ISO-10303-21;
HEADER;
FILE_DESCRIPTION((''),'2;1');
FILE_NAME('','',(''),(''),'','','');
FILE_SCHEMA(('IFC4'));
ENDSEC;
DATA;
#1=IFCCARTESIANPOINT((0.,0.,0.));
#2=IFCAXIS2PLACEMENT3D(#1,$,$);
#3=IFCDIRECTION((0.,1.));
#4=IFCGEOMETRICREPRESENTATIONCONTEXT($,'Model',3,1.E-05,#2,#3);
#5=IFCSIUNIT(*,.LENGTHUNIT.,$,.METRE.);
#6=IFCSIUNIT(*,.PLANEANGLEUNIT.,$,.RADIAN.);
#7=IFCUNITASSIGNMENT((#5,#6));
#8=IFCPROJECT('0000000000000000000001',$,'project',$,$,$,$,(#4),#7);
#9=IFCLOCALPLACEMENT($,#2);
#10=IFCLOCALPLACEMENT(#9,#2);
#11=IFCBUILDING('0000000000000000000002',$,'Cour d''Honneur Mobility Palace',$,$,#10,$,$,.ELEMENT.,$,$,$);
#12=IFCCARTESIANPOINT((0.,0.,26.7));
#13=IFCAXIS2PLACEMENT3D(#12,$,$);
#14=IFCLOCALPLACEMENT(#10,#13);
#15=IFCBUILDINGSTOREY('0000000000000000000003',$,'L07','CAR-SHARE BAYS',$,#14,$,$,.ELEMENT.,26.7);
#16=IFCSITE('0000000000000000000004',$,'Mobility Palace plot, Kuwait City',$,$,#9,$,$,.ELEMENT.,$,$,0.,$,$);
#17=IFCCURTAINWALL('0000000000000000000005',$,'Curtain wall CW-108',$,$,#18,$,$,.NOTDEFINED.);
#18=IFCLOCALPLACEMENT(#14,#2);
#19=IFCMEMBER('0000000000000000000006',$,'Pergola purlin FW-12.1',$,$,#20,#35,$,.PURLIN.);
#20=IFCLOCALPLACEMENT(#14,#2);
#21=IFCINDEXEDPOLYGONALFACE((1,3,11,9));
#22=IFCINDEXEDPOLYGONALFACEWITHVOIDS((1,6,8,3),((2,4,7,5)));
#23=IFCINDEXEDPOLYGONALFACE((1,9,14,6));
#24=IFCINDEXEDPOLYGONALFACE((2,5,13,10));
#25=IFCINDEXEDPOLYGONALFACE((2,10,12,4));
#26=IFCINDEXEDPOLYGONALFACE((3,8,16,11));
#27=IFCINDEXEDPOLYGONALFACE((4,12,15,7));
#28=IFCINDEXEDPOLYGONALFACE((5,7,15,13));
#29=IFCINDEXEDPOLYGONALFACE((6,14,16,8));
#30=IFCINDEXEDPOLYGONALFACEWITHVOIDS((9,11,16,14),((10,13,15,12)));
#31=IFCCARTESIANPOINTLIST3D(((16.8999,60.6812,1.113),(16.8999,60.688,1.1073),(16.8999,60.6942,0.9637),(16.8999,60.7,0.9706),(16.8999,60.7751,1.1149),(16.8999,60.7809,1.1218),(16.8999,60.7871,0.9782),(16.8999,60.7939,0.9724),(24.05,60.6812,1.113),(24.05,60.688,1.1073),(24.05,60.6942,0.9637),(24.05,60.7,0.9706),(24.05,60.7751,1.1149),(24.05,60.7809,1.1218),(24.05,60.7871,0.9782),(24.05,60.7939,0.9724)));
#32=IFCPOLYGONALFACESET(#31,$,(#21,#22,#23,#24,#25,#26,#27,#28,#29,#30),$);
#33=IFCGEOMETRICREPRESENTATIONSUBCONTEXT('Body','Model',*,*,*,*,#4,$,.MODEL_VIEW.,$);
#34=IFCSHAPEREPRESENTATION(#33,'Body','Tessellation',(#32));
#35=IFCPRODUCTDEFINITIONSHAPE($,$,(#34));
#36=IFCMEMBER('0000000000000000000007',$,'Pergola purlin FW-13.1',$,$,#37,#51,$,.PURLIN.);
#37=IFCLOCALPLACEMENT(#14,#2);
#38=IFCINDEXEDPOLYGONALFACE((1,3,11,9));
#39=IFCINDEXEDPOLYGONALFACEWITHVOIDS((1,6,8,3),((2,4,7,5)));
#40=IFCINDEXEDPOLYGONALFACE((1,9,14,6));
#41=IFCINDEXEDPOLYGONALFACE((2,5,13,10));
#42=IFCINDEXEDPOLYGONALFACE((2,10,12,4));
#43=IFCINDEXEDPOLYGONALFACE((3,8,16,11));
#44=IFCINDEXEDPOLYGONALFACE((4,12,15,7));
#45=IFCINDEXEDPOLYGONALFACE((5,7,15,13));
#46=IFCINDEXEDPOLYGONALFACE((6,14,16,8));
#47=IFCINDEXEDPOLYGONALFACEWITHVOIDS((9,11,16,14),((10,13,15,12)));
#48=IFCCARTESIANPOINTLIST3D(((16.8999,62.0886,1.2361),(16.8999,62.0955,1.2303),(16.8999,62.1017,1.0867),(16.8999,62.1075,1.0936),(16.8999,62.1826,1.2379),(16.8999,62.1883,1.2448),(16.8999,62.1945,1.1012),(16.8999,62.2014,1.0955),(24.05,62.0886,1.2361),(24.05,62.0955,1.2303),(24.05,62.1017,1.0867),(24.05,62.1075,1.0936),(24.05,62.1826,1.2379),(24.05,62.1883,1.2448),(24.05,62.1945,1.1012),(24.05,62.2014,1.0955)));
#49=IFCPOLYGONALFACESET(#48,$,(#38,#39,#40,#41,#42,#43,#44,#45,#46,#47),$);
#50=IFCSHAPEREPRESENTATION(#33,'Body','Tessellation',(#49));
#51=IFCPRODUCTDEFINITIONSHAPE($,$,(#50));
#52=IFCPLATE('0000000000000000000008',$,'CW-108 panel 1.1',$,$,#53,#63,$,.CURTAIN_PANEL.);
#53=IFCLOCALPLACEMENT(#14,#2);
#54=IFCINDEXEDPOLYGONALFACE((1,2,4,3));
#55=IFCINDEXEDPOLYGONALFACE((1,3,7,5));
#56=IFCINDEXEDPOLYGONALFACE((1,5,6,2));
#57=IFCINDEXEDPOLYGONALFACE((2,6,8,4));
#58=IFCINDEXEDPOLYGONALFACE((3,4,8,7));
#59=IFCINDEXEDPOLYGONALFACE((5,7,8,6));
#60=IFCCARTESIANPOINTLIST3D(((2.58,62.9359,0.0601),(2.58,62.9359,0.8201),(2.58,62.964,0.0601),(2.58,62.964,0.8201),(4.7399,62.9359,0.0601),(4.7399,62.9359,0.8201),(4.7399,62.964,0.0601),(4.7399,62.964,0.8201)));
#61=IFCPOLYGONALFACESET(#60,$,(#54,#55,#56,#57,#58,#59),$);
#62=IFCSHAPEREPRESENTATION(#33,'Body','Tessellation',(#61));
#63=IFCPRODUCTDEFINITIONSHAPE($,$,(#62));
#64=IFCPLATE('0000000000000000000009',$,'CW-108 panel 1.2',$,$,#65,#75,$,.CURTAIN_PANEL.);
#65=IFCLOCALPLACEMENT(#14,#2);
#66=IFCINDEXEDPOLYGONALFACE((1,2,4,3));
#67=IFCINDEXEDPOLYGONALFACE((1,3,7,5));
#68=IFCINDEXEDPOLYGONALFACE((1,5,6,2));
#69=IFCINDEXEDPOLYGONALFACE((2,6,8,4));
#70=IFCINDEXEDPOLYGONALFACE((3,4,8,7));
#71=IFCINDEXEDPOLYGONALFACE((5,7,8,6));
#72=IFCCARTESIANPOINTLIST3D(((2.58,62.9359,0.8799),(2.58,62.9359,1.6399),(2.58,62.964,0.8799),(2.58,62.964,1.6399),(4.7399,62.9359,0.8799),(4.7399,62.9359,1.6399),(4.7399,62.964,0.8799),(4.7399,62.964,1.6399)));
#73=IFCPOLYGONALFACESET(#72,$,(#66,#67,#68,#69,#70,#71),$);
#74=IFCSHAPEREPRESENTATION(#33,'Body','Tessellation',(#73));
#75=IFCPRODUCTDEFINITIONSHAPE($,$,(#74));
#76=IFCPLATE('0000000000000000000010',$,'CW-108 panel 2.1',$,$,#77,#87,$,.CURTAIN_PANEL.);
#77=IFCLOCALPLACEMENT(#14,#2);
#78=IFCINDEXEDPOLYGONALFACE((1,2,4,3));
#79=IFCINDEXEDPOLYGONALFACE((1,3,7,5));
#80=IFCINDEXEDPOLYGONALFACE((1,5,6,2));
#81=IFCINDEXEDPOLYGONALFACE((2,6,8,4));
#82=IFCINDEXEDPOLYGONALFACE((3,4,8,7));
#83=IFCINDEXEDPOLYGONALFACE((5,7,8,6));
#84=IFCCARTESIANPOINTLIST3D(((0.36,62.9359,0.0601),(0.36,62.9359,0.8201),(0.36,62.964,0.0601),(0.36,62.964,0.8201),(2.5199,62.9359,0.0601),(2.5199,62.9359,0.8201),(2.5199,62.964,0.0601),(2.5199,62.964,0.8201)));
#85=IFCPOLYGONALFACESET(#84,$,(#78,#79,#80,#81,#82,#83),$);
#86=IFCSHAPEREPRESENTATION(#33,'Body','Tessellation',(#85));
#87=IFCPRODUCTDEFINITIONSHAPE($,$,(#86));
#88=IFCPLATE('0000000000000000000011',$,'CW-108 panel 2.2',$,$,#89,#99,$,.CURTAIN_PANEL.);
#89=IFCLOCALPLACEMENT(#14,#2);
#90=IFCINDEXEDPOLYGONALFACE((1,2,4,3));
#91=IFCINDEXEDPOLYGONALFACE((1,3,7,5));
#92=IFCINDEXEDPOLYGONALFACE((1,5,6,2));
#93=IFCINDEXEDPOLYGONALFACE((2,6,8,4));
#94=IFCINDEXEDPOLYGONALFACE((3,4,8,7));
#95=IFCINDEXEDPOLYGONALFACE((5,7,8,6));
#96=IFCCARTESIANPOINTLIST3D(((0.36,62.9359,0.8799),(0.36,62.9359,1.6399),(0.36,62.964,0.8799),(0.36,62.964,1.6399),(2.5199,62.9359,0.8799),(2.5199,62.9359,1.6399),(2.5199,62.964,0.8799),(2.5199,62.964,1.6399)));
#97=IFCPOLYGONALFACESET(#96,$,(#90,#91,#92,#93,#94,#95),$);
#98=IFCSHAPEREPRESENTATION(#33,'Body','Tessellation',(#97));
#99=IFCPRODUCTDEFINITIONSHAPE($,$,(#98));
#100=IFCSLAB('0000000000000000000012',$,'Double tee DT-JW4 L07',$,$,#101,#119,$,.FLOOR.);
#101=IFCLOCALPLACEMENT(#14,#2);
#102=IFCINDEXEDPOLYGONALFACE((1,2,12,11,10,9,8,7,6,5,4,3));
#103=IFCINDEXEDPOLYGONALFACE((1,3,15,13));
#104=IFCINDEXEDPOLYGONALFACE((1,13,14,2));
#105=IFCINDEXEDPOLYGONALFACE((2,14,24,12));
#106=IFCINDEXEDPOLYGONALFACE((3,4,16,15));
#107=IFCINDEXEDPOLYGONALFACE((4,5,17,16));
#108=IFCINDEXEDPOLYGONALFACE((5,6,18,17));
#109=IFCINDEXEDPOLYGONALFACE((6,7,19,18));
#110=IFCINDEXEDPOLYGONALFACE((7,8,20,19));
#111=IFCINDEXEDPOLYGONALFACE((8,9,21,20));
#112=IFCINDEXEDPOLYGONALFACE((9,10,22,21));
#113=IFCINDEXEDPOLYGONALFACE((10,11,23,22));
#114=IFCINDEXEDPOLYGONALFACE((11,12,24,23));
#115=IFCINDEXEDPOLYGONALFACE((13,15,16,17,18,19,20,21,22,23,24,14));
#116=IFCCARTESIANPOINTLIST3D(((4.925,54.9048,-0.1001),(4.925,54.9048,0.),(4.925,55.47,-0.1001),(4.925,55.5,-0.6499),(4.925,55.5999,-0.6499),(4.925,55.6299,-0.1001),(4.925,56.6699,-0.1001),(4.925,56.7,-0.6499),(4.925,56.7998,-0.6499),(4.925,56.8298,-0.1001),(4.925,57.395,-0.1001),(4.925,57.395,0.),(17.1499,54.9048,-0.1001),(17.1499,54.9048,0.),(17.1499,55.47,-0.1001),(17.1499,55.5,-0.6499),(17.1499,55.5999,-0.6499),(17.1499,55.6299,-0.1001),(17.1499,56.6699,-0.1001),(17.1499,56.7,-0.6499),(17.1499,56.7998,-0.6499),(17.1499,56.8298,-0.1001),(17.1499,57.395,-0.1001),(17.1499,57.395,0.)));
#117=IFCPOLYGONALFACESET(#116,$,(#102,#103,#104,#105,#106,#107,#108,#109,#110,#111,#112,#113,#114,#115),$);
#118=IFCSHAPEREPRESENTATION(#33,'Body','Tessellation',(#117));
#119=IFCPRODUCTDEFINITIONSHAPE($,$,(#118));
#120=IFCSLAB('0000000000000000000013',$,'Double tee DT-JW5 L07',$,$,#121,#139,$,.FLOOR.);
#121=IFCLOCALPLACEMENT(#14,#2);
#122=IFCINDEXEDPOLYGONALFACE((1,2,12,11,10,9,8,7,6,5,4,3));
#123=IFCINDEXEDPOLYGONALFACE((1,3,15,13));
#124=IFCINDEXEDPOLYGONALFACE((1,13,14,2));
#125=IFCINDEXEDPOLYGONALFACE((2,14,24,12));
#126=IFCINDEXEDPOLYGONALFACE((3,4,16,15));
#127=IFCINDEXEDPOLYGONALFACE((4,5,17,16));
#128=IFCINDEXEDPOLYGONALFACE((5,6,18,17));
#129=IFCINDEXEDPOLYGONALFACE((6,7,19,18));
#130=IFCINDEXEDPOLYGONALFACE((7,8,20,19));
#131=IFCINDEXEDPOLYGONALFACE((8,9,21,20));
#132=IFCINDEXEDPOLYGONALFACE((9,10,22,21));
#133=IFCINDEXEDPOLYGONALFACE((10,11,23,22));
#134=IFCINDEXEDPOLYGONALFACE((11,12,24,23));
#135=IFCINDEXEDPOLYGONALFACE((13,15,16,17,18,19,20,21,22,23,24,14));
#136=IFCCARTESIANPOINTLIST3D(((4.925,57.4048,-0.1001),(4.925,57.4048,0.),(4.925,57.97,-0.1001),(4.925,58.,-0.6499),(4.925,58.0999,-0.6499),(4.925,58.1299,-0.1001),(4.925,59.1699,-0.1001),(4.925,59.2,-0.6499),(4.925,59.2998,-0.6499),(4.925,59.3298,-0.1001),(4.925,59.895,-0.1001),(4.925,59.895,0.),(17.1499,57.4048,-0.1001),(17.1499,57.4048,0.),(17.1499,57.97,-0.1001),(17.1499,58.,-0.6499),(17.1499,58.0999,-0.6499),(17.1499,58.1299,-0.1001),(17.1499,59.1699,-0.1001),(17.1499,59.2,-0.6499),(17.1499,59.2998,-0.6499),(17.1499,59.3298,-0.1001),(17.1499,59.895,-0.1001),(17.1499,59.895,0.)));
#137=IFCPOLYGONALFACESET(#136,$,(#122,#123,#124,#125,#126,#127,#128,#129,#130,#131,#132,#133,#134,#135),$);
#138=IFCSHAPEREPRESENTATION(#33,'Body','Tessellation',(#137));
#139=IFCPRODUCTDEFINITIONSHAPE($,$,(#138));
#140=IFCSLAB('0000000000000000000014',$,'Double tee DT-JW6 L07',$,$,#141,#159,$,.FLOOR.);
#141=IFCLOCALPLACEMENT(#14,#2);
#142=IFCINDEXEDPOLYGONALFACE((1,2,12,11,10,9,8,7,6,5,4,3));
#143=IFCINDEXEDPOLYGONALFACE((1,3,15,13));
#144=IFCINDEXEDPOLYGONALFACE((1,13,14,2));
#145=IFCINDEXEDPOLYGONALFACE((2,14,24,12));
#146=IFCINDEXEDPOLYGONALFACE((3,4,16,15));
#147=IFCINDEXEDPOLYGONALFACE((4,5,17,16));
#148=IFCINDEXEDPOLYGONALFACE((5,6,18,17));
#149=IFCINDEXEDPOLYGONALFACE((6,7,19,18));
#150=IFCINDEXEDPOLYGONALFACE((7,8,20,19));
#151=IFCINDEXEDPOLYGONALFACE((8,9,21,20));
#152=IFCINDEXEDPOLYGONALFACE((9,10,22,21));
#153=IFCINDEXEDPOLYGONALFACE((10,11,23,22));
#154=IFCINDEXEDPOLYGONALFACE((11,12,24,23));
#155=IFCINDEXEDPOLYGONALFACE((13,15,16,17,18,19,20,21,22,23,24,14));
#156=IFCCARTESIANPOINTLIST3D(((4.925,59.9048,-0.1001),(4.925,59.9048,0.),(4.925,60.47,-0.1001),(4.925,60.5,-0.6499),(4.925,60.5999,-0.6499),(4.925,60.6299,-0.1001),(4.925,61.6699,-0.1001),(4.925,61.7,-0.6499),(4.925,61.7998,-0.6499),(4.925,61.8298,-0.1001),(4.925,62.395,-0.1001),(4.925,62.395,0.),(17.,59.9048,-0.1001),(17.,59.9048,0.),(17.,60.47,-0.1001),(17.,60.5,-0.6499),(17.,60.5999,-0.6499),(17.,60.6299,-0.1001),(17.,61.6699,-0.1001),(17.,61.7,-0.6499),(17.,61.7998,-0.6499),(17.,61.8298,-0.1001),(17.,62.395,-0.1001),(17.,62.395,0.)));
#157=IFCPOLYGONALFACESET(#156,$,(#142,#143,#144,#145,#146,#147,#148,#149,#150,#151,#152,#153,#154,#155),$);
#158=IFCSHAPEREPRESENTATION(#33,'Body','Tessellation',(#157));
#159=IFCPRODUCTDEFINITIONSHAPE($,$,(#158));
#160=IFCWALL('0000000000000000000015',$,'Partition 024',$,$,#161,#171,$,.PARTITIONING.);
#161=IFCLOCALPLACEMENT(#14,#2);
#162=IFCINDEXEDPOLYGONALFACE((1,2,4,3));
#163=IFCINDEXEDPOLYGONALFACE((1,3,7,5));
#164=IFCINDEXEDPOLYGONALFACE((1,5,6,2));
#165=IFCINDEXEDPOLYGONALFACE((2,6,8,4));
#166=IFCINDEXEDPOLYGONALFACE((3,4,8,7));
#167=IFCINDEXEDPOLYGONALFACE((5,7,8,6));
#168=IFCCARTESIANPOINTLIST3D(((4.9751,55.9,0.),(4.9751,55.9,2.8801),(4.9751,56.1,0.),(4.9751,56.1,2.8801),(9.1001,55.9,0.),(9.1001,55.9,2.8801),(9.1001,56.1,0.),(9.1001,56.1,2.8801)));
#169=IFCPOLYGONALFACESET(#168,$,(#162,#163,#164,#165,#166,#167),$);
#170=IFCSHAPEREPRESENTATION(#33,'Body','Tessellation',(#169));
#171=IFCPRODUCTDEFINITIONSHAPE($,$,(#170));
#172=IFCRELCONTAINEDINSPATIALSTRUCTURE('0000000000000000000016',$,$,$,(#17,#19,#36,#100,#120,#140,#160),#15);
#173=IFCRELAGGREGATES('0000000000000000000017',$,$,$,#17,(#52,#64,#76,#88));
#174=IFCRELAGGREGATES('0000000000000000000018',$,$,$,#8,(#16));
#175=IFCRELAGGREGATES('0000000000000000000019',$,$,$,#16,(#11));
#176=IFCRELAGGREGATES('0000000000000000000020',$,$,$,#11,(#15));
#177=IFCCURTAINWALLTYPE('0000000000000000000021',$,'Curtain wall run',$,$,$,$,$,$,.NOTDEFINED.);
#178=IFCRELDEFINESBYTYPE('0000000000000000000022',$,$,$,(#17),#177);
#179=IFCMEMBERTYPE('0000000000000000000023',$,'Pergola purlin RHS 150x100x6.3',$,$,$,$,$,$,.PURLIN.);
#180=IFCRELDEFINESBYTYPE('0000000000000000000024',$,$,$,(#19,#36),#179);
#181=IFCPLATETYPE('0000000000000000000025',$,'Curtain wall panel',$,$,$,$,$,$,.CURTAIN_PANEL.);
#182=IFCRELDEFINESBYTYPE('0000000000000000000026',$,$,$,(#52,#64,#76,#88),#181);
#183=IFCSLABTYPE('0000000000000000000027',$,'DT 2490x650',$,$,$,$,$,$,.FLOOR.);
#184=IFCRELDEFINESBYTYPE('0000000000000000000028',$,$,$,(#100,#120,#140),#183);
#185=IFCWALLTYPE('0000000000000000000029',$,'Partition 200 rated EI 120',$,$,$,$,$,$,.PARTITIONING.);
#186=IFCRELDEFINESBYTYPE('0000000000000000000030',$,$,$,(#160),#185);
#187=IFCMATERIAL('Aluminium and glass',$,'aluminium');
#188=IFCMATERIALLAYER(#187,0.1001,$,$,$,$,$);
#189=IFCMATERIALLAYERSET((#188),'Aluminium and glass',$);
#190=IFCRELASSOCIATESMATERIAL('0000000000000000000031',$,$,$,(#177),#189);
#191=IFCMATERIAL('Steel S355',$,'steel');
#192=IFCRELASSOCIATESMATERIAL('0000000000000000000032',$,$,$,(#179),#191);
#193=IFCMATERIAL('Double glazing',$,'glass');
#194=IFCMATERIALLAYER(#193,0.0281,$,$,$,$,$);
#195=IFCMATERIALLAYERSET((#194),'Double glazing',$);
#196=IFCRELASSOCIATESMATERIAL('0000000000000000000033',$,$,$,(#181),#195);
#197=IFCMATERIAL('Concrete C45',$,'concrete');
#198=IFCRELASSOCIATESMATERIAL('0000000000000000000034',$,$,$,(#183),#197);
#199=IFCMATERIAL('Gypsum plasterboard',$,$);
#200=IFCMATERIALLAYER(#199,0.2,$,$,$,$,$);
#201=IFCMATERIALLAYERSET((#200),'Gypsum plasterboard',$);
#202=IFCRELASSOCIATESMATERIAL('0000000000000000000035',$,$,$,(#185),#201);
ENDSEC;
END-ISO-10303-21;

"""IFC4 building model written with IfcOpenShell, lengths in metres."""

from ifc_helpers import new_model, si_unit, direction, frame, frame_2d, origin, origin_2d, place, context, subcontext, project, spatial, polyline, rectangle, hollow_rectangle, outline, extrude, material, layer, layer_set, material_profile, profile_set, type_object, element, aggregate, save


model = new_model("IFC4")

# Units and contexts
model_context = context("Model", 3, precision=1e-05, world=origin(), true_north=direction((0.0, 1.0)))
body_context = subcontext(model_context, "Body", "Model", "MODEL_VIEW")
ifc_project = project(units=[si_unit("LENGTHUNIT", "METRE"), si_unit("PLANEANGLEUNIT", "RADIAN")], contexts=[model_context])

# Site, building, storey
site_placement = place(None, origin())
site = spatial("IfcSite", under=ifc_project, at=site_placement, Name="Mobility Palace plot, Kuwait City", CompositionType="ELEMENT", RefElevation=0.0)
building_placement = place(site_placement, origin())
building = spatial("IfcBuilding", under=site, at=building_placement, Name="Cour d'Honneur Mobility Palace", CompositionType="ELEMENT")
storey_placement = place(building_placement, frame((0.0, 0.0, 26.7)))
storey = spatial("IfcBuildingStorey", under=building, at=storey_placement, Name="L07", Description="CAR-SHARE BAYS", CompositionType="ELEMENT", Elevation=26.7)

# Curtain wall
ifc_material_1 = material(Name="Aluminium and glass", Category="aluminium")
ifc_layer_1 = layer(ifc_material_1, 0.1001)
ifc_layer_set_1 = layer_set([ifc_layer_1], Name="Aluminium and glass")
curtain_wall_type = type_object("IfcCurtainWallType", Name="Curtain wall run", PredefinedType="NOTDEFINED", material=ifc_layer_set_1)
curtain_wall_placement = place(storey_placement, origin())
curtain_wall = element("IfcCurtainWall", 1, at=curtain_wall_placement, inside=storey, type_object=curtain_wall_type, Name="Curtain wall CW-108", PredefinedType="NOTDEFINED")

# Members
ifc_material_2 = material(Name="Steel S355", Category="steel")
ifc_material_profile_1 = material_profile(ifc_material_2, hollow_rectangle(XDim=0.1001, YDim=0.1499, WallThickness=0.0063, at=origin_2d()), Name="RHS 150x100x6.3")
ifc_profile_set_1 = profile_set([ifc_material_profile_1], Name="Steel S355")
member_type_1 = type_object("IfcMemberType", Name="Pergola purlin RHS 150x100x6.3", PredefinedType="PURLIN", material=ifc_profile_set_1)
for number, where, z_axis, x_axis, name in (
    (2, (16.8999, 60.7375, 1.0427), (1.0, 0.0, 0.0), (0.0, 0.996197, 0.087131), "Pergola purlin FW-12.1"),
    (3, (16.8999, 62.145, 1.1658), (1.0, 0.0, 0.0), (0.0, 0.996197, 0.087131), "Pergola purlin FW-13.1"),
):
    element("IfcMember", number, at=place(storey_placement, frame(where, z_axis=z_axis, x_axis=x_axis)), inside=storey, type_object=member_type_1, Name=name, PredefinedType="PURLIN", context=body_context, shape_type="SweptSolid", body=[
        extrude(hollow_rectangle(XDim=0.1001, YDim=0.1499, WallThickness=0.0063, at=origin_2d()), origin(), (0.0, 0.0, 1.0), 7.1501),
    ])

# Plates
ifc_material_3 = material(Name="Double glazing", Category="glass")
ifc_layer_2 = layer(ifc_material_3, 0.0281)
ifc_layer_set_2 = layer_set([ifc_layer_2], Name="Double glazing")
plate_type = type_object("IfcPlateType", Name="Curtain wall panel", PredefinedType="CURTAIN_PANEL", material=ifc_layer_set_2)
plate_1_placement = place(storey_placement, frame((3.6599, 62.95, 0.0601), z_axis=(0.0, 0.0, 1.0), x_axis=(-1.0, 0.0, 0.0)))
plate_1 = element("IfcPlate", 4, at=plate_1_placement, type_object=plate_type, Name="CW-108 panel 1.1", PredefinedType="CURTAIN_PANEL", context=body_context, shape_type="SweptSolid", body=[
    extrude(rectangle(XDim=2.1599, YDim=0.0281, at=origin_2d()), origin(), (0.0, 0.0, 1.0), 0.76),
])
plate_2_placement = place(storey_placement, frame((3.6599, 62.95, 0.8799), z_axis=(0.0, 0.0, 1.0), x_axis=(-1.0, 0.0, 0.0)))
plate_2 = element("IfcPlate", 5, at=plate_2_placement, type_object=plate_type, Name="CW-108 panel 1.2", PredefinedType="CURTAIN_PANEL", context=body_context, shape_type="SweptSolid", body=[
    extrude(rectangle(XDim=2.1599, YDim=0.0281, at=origin_2d()), origin(), (0.0, 0.0, 1.0), 0.76),
])
plate_3_placement = place(storey_placement, frame((1.4399, 62.95, 0.0601), z_axis=(0.0, 0.0, 1.0), x_axis=(-1.0, 0.0, 0.0)))
plate_3 = element("IfcPlate", 6, at=plate_3_placement, type_object=plate_type, Name="CW-108 panel 2.1", PredefinedType="CURTAIN_PANEL", context=body_context, shape_type="SweptSolid", body=[
    extrude(rectangle(XDim=2.1599, YDim=0.0281, at=origin_2d()), origin(), (0.0, 0.0, 1.0), 0.76),
])
plate_4_placement = place(storey_placement, frame((1.4399, 62.95, 0.8799), z_axis=(0.0, 0.0, 1.0), x_axis=(-1.0, 0.0, 0.0)))
plate_4 = element("IfcPlate", 7, at=plate_4_placement, type_object=plate_type, Name="CW-108 panel 2.2", PredefinedType="CURTAIN_PANEL", context=body_context, shape_type="SweptSolid", body=[
    extrude(rectangle(XDim=2.1599, YDim=0.0281, at=origin_2d()), origin(), (0.0, 0.0, 1.0), 0.76),
])
aggregate(curtain_wall, [plate_1, plate_2, plate_3, plate_4])

# Slabs
ifc_material_4 = material(Name="Concrete C45", Category="concrete")
ifc_material_profile_2 = material_profile(ifc_material_4, outline(polyline([(-1.2451, 0.0), (1.2451, 0.0), (1.2451, -0.1001), (0.6799, -0.1001), (0.6499, -0.6499), (0.55, -0.6499), (0.52, -0.1001), (-0.52, -0.1001), (-0.55, -0.6499), (-0.6499, -0.6499), (-0.6799, -0.1001), (-1.2451, -0.1001), (-1.2451, 0.0)])), Name="DT 2490x650")
ifc_profile_set_2 = profile_set([ifc_material_profile_2], Name="Concrete C45")
slab_type = type_object("IfcSlabType", Name="DT 2490x650", PredefinedType="FLOOR", material=ifc_profile_set_2)
for number, where, z_axis, x_axis, name in (
    (8, (4.925, 56.1499, 0.0), (1.0, 0.0, 0.0), (0.0, 1.0, 0.0), "Double tee DT-JW4 L07"),
    (9, (4.925, 58.6499, 0.0), (1.0, 0.0, 0.0), (0.0, 1.0, 0.0), "Double tee DT-JW5 L07"),
):
    element("IfcSlab", number, at=place(storey_placement, frame(where, z_axis=z_axis, x_axis=x_axis)), inside=storey, type_object=slab_type, Name=name, PredefinedType="FLOOR", context=body_context, shape_type="SweptSolid", body=[
        extrude(outline(polyline([(-1.2451, 0.0), (1.2451, 0.0), (1.2451, -0.1001), (0.6799, -0.1001), (0.6499, -0.6499), (0.55, -0.6499), (0.52, -0.1001), (-0.52, -0.1001), (-0.55, -0.6499), (-0.6499, -0.6499), (-0.6799, -0.1001), (-1.2451, -0.1001), (-1.2451, 0.0)])), origin(), (0.0, 0.0, 1.0), 12.2249),
    ])
slab_placement = place(storey_placement, frame((4.925, 61.1499, 0.0), z_axis=(1.0, 0.0, 0.0), x_axis=(0.0, 1.0, 0.0)))
element("IfcSlab", 10, at=slab_placement, inside=storey, type_object=slab_type, Name="Double tee DT-JW6 L07", PredefinedType="FLOOR", context=body_context, shape_type="SweptSolid", body=[
    extrude(outline(polyline([(-1.2451, 0.0), (1.2451, 0.0), (1.2451, -0.1001), (0.6799, -0.1001), (0.6499, -0.6499), (0.55, -0.6499), (0.52, -0.1001), (-0.52, -0.1001), (-0.55, -0.6499), (-0.6499, -0.6499), (-0.6799, -0.1001), (-1.2451, -0.1001), (-1.2451, 0.0)])), origin(), (0.0, 0.0, 1.0), 12.075),
])

# Wall
ifc_material_5 = material(Name="Gypsum plasterboard")
ifc_layer_3 = layer(ifc_material_5, 0.2)
ifc_layer_set_3 = layer_set([ifc_layer_3], Name="Gypsum plasterboard")
wall_type_1 = type_object("IfcWallType", Name="Partition 200 rated EI 120", PredefinedType="PARTITIONING", material=ifc_layer_set_3)
wall_1_placement = place(storey_placement, frame((9.1001, 56.0, 0.0), z_axis=(0.0, 0.0, 1.0), x_axis=(-1.0, 0.0, 0.0)))
element("IfcWall", 11, at=wall_1_placement, inside=storey, type_object=wall_type_1, Name="Partition 024", PredefinedType="PARTITIONING", context=body_context, shape_type="SweptSolid", body=[
    extrude(rectangle(XDim=4.125, YDim=0.2, at=frame_2d((2.0625, 0.0))), origin(), (0.0, 0.0, 1.0), 2.8801),
])

save(model, "model.ifc")
